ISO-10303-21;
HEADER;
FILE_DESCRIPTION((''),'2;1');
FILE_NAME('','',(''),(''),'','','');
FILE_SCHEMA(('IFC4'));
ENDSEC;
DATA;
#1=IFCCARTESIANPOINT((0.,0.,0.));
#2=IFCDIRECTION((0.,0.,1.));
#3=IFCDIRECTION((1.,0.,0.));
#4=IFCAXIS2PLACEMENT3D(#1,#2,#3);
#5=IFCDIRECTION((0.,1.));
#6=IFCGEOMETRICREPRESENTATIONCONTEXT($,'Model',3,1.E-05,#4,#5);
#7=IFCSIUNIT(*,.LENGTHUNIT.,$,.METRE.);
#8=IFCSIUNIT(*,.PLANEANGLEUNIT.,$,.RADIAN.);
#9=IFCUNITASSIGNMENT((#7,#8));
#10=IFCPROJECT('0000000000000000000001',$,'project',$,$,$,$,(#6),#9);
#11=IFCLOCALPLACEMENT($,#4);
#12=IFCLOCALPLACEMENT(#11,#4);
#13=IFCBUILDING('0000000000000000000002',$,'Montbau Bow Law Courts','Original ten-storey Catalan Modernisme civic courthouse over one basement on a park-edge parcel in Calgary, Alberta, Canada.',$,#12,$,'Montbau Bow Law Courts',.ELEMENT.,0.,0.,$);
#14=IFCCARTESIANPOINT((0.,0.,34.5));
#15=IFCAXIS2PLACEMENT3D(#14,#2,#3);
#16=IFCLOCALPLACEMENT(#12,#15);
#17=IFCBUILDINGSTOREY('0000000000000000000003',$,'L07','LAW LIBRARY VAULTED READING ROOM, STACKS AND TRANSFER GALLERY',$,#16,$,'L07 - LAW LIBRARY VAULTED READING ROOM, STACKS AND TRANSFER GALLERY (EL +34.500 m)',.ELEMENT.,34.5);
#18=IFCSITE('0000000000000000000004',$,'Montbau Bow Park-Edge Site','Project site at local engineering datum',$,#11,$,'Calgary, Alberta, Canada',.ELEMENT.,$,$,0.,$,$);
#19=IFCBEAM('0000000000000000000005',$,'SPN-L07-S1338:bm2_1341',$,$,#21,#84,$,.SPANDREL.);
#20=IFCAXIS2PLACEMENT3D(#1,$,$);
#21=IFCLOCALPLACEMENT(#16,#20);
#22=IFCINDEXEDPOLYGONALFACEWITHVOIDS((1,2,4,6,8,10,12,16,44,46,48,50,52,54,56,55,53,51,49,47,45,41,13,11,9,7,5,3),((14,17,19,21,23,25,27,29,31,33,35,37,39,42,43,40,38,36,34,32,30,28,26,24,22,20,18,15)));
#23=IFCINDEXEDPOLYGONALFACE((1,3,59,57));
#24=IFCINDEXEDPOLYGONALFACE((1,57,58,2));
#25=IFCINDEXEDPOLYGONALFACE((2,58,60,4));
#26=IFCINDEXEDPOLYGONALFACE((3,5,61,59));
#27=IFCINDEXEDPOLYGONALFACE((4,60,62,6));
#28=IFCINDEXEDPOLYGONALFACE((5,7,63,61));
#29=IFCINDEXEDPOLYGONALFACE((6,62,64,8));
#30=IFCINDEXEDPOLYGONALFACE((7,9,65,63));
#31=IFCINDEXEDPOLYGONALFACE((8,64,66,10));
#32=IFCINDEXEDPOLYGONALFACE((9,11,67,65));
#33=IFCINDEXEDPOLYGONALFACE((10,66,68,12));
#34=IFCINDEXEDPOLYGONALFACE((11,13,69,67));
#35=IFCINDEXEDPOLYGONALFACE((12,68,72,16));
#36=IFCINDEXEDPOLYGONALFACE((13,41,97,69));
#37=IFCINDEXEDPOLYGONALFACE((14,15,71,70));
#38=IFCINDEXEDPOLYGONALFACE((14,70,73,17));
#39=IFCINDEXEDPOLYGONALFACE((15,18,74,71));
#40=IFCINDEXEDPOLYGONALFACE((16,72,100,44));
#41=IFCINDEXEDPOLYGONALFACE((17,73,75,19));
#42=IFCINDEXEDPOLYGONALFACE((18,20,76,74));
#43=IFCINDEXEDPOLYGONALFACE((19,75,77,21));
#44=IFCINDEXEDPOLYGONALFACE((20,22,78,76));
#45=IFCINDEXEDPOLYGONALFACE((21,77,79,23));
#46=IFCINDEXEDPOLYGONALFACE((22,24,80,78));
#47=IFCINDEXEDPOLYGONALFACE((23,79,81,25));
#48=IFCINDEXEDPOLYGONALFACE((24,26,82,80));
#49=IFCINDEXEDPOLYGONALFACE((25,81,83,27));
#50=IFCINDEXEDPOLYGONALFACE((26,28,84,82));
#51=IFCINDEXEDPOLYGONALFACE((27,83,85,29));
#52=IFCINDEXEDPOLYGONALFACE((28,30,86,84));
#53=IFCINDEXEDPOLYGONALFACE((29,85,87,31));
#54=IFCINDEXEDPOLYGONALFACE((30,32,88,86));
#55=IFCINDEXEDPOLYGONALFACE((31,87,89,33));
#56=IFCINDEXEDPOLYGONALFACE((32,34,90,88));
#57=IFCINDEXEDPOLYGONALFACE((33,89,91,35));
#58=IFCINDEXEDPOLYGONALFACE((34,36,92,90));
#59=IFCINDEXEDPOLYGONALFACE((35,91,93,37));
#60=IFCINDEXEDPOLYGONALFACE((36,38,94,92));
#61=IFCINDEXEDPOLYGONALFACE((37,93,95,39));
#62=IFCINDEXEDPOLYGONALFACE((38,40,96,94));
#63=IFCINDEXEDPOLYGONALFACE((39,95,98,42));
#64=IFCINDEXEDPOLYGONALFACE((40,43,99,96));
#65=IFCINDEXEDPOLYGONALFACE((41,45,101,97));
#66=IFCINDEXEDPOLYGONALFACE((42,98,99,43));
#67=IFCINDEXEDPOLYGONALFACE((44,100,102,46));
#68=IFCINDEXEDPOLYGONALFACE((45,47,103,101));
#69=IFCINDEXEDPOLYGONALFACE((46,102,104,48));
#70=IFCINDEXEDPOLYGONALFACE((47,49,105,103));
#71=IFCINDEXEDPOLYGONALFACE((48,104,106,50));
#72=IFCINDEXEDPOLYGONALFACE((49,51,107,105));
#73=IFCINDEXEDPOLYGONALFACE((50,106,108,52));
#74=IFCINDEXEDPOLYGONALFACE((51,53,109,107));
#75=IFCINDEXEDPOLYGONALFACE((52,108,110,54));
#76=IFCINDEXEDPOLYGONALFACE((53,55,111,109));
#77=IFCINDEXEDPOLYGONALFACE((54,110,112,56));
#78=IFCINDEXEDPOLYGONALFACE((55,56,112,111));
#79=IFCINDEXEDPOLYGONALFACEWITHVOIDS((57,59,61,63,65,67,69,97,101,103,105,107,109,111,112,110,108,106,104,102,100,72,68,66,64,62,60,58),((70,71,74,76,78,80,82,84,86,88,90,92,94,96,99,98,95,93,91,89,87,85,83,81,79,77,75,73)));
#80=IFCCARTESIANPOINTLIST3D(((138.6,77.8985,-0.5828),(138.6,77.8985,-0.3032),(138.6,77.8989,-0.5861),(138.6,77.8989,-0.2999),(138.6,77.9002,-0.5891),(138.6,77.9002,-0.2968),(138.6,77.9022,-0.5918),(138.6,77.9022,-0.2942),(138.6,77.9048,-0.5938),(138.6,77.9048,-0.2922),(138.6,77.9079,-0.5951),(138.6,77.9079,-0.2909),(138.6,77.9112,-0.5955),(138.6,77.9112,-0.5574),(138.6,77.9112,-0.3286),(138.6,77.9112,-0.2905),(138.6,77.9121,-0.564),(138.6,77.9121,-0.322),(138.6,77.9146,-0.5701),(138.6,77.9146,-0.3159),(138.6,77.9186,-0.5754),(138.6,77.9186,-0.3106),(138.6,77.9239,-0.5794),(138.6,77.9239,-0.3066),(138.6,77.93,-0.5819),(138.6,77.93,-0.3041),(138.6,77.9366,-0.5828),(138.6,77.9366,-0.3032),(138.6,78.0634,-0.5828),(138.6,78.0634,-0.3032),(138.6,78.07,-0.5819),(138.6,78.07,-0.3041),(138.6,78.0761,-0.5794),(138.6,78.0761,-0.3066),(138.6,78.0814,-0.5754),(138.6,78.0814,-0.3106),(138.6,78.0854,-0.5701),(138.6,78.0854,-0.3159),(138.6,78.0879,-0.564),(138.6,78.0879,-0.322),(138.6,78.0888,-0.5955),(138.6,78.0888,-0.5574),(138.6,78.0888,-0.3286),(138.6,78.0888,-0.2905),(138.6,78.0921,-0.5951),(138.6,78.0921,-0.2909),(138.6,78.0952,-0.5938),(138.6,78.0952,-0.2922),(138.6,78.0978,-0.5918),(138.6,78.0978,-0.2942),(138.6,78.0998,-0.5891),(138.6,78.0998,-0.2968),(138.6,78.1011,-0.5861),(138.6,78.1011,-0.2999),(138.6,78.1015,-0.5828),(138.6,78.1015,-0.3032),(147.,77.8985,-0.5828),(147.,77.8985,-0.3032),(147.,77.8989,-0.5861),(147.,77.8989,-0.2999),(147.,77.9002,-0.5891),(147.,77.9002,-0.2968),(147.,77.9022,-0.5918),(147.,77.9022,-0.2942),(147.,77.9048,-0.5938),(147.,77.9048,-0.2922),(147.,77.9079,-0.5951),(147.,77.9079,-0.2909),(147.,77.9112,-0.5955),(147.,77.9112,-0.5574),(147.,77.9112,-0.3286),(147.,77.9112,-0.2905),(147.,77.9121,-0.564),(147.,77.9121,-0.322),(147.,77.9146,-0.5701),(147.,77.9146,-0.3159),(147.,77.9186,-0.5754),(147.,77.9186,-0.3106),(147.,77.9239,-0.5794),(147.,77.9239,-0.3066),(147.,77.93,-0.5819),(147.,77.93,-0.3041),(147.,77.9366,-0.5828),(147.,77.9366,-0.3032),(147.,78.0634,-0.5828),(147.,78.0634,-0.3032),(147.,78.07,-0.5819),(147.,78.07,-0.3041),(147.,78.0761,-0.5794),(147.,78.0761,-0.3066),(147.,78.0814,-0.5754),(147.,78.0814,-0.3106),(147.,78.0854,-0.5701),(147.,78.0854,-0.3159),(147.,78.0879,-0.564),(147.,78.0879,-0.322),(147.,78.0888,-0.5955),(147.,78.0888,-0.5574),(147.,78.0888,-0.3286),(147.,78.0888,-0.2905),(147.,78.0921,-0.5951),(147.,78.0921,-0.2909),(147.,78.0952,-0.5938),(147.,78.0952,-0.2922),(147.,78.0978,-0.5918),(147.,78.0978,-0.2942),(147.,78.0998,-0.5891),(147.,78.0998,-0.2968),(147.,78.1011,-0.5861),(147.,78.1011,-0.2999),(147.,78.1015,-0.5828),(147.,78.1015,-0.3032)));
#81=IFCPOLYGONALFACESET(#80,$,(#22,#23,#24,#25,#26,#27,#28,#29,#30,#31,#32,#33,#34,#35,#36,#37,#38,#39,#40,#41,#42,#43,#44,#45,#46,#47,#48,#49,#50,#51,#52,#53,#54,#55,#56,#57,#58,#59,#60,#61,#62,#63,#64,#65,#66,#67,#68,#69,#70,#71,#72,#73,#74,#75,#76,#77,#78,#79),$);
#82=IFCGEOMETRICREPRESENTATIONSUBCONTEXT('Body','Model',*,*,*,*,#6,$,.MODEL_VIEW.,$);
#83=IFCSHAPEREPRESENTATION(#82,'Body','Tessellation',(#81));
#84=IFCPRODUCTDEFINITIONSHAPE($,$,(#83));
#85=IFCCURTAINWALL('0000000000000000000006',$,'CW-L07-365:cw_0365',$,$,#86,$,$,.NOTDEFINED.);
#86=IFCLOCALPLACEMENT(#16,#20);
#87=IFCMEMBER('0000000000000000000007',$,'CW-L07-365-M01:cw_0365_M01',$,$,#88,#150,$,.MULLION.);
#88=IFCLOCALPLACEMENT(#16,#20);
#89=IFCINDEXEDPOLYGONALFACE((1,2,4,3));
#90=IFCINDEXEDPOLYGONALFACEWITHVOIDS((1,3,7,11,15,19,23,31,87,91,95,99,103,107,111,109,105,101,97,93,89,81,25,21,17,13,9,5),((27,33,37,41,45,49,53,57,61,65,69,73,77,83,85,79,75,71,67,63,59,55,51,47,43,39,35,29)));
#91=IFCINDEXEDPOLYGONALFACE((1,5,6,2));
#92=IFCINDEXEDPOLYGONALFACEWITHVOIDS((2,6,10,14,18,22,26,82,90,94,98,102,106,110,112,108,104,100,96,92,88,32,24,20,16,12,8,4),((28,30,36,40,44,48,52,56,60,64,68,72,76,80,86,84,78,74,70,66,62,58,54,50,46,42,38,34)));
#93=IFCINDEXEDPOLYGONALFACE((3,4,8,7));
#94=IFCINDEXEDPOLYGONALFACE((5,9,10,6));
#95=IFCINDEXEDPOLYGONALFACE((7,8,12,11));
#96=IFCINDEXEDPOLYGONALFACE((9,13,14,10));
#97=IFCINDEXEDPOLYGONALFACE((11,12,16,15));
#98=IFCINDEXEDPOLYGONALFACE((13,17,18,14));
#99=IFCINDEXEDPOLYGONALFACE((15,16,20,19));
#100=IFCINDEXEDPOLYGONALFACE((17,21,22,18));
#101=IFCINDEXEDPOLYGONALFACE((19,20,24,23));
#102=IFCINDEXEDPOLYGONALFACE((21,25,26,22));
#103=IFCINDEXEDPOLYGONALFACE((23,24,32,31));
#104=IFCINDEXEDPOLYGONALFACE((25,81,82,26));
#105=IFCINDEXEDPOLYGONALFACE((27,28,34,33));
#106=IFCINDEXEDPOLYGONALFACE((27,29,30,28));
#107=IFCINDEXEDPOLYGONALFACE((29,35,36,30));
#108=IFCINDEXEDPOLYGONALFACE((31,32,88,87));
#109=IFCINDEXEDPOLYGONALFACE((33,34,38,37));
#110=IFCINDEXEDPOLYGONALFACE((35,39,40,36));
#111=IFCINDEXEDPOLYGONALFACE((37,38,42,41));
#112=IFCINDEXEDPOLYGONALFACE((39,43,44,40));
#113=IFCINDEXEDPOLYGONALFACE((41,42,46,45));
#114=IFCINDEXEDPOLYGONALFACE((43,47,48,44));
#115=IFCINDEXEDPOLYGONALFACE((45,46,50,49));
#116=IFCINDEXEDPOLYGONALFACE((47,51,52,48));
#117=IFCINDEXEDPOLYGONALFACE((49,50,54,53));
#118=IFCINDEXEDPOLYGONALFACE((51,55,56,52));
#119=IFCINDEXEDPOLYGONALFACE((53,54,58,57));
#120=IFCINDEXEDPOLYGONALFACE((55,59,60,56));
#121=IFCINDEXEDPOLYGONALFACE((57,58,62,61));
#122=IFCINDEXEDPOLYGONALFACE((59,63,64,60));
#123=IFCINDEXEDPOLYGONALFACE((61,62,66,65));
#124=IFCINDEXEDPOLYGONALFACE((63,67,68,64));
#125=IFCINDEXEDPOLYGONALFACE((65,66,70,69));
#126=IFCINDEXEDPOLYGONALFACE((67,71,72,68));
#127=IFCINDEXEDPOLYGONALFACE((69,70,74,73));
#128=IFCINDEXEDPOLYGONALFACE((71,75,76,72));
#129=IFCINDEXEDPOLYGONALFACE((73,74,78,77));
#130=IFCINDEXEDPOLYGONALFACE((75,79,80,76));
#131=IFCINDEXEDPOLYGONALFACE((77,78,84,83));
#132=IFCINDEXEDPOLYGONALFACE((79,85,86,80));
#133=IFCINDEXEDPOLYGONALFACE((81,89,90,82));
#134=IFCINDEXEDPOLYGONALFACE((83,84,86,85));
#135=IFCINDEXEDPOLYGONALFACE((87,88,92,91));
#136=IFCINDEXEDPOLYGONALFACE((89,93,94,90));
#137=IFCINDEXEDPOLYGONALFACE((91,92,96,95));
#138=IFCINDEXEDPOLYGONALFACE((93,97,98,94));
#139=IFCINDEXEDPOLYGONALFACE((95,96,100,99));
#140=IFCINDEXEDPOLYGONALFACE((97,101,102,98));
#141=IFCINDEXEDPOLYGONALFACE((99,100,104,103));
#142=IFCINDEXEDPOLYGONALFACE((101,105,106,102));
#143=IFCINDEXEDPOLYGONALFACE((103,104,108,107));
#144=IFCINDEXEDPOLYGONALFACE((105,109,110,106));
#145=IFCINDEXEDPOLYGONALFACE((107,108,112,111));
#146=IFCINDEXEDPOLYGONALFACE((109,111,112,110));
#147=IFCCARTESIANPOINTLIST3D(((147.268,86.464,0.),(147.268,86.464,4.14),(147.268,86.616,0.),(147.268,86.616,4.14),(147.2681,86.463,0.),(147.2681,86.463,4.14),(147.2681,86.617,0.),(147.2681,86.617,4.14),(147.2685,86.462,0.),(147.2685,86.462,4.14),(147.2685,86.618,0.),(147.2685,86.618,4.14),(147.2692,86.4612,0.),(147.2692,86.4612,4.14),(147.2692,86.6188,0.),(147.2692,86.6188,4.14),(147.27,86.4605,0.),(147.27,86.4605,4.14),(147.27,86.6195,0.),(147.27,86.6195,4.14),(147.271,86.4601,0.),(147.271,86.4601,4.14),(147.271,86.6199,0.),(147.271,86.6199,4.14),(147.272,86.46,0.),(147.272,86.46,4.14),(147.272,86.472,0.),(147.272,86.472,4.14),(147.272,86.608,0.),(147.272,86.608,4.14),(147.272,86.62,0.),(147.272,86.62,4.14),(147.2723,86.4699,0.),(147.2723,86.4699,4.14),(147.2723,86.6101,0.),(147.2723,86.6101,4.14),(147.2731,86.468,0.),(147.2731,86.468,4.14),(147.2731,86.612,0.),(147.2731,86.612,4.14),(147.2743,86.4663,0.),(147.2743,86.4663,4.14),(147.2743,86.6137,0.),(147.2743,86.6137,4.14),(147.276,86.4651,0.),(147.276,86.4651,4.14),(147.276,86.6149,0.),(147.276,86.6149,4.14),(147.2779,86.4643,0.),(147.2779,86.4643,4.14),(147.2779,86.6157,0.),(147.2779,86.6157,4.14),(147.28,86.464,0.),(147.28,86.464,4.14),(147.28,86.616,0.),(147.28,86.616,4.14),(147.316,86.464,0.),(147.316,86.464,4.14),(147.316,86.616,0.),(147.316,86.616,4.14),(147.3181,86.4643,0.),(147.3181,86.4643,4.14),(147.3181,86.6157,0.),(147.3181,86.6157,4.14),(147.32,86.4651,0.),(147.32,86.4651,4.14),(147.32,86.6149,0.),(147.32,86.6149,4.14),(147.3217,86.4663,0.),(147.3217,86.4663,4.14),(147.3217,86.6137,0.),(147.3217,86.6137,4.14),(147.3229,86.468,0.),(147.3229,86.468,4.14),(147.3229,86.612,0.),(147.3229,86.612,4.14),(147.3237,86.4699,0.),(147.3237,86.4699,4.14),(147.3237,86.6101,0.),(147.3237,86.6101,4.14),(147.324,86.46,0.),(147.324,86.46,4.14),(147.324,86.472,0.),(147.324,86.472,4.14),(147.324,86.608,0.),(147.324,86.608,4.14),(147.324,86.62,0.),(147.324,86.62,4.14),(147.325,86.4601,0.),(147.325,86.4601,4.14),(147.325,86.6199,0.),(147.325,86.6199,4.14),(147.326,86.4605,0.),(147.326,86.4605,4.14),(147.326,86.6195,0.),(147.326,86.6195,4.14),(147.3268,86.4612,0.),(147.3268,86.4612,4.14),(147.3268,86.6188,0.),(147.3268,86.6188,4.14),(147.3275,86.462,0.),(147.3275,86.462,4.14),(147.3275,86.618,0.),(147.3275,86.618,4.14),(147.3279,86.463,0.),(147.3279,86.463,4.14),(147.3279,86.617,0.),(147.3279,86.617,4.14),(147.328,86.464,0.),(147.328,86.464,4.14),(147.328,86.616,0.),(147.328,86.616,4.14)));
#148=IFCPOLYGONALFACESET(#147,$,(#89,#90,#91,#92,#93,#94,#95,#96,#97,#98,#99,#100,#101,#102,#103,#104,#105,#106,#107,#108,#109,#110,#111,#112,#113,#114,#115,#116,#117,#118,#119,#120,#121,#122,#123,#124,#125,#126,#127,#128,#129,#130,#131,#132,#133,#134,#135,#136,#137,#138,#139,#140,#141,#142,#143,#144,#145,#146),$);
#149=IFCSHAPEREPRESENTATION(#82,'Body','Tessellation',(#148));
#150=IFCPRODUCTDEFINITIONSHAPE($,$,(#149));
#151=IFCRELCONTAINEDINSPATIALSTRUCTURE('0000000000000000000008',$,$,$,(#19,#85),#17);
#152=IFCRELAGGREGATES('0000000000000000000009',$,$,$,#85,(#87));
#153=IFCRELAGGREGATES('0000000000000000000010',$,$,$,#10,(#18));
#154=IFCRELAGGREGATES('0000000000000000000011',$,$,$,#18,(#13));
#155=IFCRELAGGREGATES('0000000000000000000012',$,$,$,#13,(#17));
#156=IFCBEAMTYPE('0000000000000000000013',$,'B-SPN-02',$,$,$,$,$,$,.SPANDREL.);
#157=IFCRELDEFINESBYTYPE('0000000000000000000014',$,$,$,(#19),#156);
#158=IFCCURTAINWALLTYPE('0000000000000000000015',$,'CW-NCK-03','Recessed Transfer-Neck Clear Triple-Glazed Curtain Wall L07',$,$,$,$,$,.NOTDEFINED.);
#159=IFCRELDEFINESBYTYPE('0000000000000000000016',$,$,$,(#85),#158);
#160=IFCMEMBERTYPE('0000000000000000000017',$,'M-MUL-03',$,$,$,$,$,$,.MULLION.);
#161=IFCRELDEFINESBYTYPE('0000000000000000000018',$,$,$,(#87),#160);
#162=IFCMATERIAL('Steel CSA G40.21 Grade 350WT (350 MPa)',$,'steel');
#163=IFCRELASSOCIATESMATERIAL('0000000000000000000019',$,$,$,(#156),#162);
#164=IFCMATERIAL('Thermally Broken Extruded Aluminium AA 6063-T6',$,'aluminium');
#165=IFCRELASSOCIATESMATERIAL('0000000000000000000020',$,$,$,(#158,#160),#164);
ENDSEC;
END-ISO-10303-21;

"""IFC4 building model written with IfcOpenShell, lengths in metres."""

from ifc_helpers import new_model, si_unit, direction, frame, origin_with_axes, origin_2d_with_axis, place, context, subcontext, project, spatial, hollow_rectangle, extrude, material, material_profile, profile_set, type_object, element, aggregate, save


model = new_model("IFC4")

# Units and contexts
model_context = context("Model", 3, precision=1e-05, world=origin_with_axes(), true_north=direction((0.0, 1.0)))
body_context = subcontext(model_context, "Body", "Model", "MODEL_VIEW")
ifc_project = project(units=[si_unit("LENGTHUNIT", "METRE"), si_unit("PLANEANGLEUNIT", "RADIAN")], contexts=[model_context])

# Site, building, storey
site_placement = place(None, origin_with_axes())
site = spatial("IfcSite", under=ifc_project, at=site_placement, Name="Montbau Bow Park-Edge Site", Description="Project site at local engineering datum", LongName="Calgary, Alberta, Canada", CompositionType="ELEMENT", RefElevation=0.0)
building_placement = place(site_placement, origin_with_axes())
building = spatial("IfcBuilding", under=site, at=building_placement, Name="Montbau Bow Law Courts", Description="Original ten-storey Catalan Modernisme civic courthouse over one basement on a park-edge parcel in Calgary, Alberta, Canada.", LongName="Montbau Bow Law Courts", CompositionType="ELEMENT", ElevationOfRefHeight=0.0, ElevationOfTerrain=0.0)
storey_placement = place(building_placement, frame((0.0, 0.0, 34.5), z_axis=(0.0, 0.0, 1.0), x_axis=(1.0, 0.0, 0.0)))
storey = spatial("IfcBuildingStorey", under=building, at=storey_placement, Name="L07", Description="LAW LIBRARY VAULTED READING ROOM, STACKS AND TRANSFER GALLERY", LongName="L07 - LAW LIBRARY VAULTED READING ROOM, STACKS AND TRANSFER GALLERY (EL +34.500 m)", CompositionType="ELEMENT", Elevation=34.5)

# Shared definitions
ifc_material_1 = material(Name="Steel CSA G40.21 Grade 350WT (350 MPa)", Category="steel")

# Beam
ifc_material_profile_1 = material_profile(ifc_material_1, hollow_rectangle(XDim=0.203, YDim=0.305, WallThickness=0.0127, InnerFilletRadius=0.0254, OuterFilletRadius=0.0127, at=origin_2d_with_axis()), Name="HSS305X203X13", Category="Main", Priority=0)
ifc_profile_set_1 = profile_set([ifc_material_profile_1], Name="Steel CSA G40.21 Grade 350WT (350 MPa)")
beam_type_1 = type_object("IfcBeamType", Name="B-SPN-02", PredefinedType="SPANDREL", material=ifc_profile_set_1)
beam_1_placement = place(None, frame((138.6, 78.0, 34.057), z_axis=(1.0, 0.0, 0.0), x_axis=(0.0, 1.0, 0.0)))
element("IfcBeam", 1, at=beam_1_placement, inside=storey, type_object=beam_type_1, Name="SPN-L07-S1338:bm2_1341", PredefinedType="SPANDREL", context=body_context, shape_type="SweptSolid", body=[
    extrude(hollow_rectangle(XDim=0.203, YDim=0.305, WallThickness=0.0127, InnerFilletRadius=0.0254, OuterFilletRadius=0.0127, at=origin_2d_with_axis()), origin_with_axes(), (0.0, 0.0, 1.0), 8.4),
])

# Curtain wall, member
ifc_material_2 = material(Name="Thermally Broken Extruded Aluminium AA 6063-T6", Category="aluminium")
curtain_wall_type = type_object("IfcCurtainWallType", Name="CW-NCK-03", Description="Recessed Transfer-Neck Clear Triple-Glazed Curtain Wall L07", PredefinedType="NOTDEFINED", material=ifc_material_2)
curtain_wall_placement = place(None, frame((147.268, 86.54, 34.5), z_axis=(0.0, 0.0, 1.0), x_axis=(1.0, 0.0, 0.0)))
curtain_wall = element("IfcCurtainWall", 2, at=curtain_wall_placement, inside=storey, type_object=curtain_wall_type, Name="CW-L07-365:cw_0365", PredefinedType="NOTDEFINED")
ifc_material_profile_2 = material_profile(ifc_material_2, hollow_rectangle(XDim=0.06, YDim=0.16, WallThickness=0.004, InnerFilletRadius=0.008, OuterFilletRadius=0.004, at=origin_2d_with_axis()), Name="CWM-160X60", Category="Main", Priority=0)
ifc_profile_set_2 = profile_set([ifc_material_profile_2], Name="Thermally Broken Extruded Aluminium AA 6063-T6")
member_type_1 = type_object("IfcMemberType", Name="M-MUL-03", PredefinedType="MULLION", material=ifc_profile_set_2)
member_1_placement = place(None, frame((147.298, 86.54, 34.5), z_axis=(0.0, 0.0, 1.0), x_axis=(1.0, 0.0, 0.0)))
member_1 = element("IfcMember", 3, at=member_1_placement, type_object=member_type_1, Name="CW-L07-365-M01:cw_0365_M01", PredefinedType="MULLION", context=body_context, shape_type="SweptSolid", body=[
    extrude(hollow_rectangle(XDim=0.06, YDim=0.16, WallThickness=0.004, InnerFilletRadius=0.008, OuterFilletRadius=0.004, at=origin_2d_with_axis()), origin_with_axes(), (0.0, 0.0, 1.0), 4.14),
])
aggregate(curtain_wall, [member_1])

save(model, "model.ifc")
